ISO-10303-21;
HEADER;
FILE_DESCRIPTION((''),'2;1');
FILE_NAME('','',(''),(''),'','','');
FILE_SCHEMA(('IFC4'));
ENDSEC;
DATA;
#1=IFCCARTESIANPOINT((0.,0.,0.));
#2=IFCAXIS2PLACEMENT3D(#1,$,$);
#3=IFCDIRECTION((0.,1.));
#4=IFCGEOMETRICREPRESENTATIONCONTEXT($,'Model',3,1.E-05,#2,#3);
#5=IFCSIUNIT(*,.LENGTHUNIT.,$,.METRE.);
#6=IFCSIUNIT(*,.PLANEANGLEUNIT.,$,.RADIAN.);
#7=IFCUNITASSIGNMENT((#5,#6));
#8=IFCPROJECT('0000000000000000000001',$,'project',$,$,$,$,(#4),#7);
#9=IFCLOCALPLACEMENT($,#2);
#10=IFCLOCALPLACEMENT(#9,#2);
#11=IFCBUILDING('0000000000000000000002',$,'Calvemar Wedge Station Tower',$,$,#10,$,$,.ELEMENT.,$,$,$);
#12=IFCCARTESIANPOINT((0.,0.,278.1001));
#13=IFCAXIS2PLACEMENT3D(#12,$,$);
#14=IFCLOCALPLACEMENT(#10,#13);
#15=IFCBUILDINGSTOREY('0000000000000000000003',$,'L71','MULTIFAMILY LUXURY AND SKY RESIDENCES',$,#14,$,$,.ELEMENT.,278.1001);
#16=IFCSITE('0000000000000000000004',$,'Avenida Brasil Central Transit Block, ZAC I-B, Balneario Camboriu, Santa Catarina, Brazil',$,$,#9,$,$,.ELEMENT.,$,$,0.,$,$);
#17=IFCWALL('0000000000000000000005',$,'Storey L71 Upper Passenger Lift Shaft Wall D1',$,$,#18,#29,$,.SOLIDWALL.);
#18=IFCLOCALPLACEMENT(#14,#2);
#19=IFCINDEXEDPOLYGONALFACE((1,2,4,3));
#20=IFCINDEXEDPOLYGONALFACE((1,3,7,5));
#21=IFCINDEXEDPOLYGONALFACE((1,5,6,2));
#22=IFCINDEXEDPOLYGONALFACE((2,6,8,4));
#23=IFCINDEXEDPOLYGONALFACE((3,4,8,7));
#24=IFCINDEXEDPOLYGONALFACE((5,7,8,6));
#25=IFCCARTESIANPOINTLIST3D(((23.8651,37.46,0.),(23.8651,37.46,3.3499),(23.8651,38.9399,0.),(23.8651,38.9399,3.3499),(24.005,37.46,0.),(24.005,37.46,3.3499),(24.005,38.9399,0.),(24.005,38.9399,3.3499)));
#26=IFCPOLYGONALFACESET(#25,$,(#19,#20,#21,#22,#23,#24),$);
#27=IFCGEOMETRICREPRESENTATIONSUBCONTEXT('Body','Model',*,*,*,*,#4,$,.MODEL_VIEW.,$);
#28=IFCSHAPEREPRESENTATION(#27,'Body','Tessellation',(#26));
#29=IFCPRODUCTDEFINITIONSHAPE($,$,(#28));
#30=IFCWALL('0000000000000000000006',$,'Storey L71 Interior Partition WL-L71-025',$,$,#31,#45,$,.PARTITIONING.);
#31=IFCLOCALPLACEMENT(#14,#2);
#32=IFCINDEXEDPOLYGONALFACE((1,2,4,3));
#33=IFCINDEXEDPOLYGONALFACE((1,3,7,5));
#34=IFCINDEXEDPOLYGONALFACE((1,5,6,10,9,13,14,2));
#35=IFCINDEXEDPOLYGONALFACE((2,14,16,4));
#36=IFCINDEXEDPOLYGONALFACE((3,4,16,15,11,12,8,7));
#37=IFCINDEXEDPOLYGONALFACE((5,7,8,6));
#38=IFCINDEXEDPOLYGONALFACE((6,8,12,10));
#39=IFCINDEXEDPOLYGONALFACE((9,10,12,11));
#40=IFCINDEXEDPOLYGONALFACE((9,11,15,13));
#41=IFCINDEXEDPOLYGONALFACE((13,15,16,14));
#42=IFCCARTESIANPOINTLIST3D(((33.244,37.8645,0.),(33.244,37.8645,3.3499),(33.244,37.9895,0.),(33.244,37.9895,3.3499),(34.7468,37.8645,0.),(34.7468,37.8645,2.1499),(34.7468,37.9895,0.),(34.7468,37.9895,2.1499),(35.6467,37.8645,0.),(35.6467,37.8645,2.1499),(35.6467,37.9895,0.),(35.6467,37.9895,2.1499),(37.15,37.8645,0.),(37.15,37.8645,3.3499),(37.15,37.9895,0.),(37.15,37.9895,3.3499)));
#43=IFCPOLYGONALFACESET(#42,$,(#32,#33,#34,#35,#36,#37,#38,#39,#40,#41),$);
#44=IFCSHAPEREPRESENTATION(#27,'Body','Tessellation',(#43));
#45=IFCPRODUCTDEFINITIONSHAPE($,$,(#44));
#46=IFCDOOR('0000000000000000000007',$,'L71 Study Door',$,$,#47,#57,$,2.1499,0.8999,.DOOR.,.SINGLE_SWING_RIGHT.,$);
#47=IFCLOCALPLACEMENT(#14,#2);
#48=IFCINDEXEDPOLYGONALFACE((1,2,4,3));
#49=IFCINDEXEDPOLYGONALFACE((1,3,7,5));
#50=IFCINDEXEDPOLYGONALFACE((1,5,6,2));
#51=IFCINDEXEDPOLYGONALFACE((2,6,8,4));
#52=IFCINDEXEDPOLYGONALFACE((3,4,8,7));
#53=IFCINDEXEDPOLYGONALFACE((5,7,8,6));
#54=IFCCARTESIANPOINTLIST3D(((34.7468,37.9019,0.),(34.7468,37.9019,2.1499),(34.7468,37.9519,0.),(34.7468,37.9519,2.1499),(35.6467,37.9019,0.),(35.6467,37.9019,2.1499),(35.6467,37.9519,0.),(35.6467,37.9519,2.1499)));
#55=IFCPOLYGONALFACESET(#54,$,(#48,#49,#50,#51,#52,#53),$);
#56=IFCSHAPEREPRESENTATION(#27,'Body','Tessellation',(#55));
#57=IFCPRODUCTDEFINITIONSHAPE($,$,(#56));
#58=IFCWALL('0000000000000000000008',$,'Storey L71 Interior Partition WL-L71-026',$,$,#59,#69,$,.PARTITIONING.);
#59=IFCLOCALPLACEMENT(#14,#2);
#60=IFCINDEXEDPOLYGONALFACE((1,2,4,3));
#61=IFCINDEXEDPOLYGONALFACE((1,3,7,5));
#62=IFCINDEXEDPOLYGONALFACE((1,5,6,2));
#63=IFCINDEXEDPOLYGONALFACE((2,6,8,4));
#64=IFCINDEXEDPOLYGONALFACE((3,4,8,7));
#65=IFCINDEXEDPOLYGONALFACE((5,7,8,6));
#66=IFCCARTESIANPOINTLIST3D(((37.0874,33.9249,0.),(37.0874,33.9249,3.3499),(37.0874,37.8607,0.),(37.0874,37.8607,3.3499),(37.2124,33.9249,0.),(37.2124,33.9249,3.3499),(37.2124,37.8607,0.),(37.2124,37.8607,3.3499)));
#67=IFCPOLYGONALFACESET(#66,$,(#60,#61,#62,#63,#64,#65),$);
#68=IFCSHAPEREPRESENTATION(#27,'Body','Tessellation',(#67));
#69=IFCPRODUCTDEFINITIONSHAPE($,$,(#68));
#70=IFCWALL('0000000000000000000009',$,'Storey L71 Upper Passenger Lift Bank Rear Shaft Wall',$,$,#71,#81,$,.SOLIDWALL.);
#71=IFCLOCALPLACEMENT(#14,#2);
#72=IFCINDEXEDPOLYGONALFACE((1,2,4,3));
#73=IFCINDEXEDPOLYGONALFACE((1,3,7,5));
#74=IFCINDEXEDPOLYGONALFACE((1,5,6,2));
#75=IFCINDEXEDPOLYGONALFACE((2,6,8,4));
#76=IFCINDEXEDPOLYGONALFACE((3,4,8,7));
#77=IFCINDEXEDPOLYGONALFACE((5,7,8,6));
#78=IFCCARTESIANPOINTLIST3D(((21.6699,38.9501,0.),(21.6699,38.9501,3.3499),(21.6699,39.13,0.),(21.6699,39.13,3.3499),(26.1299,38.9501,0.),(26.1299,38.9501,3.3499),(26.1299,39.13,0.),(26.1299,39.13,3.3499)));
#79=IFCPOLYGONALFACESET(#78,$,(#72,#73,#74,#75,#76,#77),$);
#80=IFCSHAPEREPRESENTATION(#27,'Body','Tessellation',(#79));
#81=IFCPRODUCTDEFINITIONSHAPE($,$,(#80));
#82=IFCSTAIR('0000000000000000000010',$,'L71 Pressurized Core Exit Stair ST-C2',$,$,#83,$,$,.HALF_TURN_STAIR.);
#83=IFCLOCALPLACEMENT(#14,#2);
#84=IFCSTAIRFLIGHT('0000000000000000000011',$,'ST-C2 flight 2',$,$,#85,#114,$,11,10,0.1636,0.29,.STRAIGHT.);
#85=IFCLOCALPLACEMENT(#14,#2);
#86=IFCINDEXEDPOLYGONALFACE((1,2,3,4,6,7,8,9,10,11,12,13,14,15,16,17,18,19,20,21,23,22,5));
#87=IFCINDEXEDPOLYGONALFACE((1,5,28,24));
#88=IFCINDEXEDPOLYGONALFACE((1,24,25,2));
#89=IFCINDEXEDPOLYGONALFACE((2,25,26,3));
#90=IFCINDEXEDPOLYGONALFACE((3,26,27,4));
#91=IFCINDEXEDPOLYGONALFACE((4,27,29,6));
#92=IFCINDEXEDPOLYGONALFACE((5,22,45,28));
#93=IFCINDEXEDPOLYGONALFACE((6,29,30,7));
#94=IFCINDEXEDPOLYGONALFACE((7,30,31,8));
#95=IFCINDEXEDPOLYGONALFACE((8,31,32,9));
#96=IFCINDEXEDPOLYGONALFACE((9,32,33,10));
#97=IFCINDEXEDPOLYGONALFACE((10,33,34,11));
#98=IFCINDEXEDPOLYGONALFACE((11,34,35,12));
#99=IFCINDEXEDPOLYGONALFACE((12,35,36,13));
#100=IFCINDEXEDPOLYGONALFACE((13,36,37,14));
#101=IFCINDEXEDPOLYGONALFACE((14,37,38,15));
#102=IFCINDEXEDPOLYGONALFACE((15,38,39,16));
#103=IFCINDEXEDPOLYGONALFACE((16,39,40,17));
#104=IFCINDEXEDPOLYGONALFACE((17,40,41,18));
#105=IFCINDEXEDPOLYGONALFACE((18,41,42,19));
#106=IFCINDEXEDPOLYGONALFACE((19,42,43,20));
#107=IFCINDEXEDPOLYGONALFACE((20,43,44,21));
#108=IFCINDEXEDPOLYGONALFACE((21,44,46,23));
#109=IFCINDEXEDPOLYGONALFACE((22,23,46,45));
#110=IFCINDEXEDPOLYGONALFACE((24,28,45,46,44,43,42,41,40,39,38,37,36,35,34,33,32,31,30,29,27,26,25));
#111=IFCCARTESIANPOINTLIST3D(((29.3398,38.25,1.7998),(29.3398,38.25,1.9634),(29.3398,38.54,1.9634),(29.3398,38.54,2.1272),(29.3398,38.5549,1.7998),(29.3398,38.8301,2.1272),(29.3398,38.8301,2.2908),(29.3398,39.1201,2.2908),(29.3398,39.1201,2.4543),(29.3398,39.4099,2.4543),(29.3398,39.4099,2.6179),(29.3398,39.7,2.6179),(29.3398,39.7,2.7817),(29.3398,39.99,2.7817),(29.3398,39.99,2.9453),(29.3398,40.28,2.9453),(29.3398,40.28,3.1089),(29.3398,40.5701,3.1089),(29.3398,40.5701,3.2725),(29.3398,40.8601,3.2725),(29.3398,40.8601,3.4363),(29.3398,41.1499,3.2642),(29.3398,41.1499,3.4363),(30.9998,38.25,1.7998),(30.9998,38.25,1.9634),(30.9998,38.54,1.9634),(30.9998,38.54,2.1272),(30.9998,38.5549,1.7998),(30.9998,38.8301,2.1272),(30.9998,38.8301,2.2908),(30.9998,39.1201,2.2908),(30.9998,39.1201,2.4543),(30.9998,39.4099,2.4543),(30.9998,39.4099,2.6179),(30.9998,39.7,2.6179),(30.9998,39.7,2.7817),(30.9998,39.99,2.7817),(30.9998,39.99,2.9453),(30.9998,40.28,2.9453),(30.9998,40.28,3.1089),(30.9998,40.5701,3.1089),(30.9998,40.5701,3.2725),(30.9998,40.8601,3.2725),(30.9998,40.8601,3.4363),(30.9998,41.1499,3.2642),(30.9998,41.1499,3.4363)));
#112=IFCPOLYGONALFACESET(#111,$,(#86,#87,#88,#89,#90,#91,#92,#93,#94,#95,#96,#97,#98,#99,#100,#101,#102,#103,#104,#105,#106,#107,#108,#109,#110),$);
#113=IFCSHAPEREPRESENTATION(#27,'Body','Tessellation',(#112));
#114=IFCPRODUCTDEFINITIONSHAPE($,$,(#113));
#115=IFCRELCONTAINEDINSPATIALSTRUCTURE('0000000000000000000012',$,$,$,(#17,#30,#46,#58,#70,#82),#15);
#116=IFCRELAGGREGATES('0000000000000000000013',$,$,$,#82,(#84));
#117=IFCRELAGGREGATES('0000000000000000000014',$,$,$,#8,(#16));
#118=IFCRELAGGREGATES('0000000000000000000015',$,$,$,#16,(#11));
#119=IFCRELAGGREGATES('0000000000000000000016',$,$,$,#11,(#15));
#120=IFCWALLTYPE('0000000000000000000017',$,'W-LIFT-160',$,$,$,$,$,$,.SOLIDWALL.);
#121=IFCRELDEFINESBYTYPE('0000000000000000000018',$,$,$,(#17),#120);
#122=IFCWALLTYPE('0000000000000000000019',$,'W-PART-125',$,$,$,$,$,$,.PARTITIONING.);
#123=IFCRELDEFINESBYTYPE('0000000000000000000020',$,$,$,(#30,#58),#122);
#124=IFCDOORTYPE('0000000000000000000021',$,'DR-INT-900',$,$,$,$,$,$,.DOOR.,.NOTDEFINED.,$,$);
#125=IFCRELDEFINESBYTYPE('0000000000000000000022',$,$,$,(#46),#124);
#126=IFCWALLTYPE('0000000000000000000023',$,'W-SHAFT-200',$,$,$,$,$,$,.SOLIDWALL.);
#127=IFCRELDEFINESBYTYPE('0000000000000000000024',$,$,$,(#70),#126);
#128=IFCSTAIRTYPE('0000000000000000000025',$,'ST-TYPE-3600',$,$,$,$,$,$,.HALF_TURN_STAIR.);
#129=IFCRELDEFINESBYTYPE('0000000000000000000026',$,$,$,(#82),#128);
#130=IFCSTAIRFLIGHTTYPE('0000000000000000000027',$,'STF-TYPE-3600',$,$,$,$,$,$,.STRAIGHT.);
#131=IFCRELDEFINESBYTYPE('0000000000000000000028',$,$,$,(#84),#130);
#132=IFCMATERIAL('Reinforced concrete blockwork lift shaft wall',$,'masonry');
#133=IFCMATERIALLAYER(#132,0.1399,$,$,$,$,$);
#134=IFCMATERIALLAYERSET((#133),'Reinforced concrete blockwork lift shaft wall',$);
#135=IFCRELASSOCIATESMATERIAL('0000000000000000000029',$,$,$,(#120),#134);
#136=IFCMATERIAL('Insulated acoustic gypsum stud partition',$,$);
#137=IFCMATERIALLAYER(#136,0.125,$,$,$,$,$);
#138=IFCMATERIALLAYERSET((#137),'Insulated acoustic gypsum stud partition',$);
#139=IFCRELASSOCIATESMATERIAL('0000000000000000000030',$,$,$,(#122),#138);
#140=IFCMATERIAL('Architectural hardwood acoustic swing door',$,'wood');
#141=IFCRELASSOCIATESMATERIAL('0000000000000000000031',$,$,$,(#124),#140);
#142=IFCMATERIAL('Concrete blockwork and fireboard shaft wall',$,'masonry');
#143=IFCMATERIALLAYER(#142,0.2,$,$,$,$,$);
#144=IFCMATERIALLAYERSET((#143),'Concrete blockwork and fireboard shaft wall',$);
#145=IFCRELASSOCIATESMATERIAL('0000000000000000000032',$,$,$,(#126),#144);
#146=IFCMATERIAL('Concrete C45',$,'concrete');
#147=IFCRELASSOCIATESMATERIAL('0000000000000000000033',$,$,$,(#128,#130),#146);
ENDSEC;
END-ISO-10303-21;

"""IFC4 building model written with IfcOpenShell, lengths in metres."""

from ifc_helpers import new_model, si_unit, direction, frame, frame_2d, origin, place, context, subcontext, project, spatial, polyline, rectangle, outline, extrude, source, transform, mapped, material, layer, layer_set, type_object, element, fill, aggregate, save


model = new_model("IFC4")

# Units and contexts
model_context = context("Model", 3, precision=1e-05, world=origin(), true_north=direction((0.0, 1.0)))
body_context = subcontext(model_context, "Body", "Model", "MODEL_VIEW")
ifc_project = project(units=[si_unit("LENGTHUNIT", "METRE"), si_unit("PLANEANGLEUNIT", "RADIAN")], contexts=[model_context])

# Site, building, storey
site_placement = place(None, origin())
site = spatial("IfcSite", under=ifc_project, at=site_placement, Name="Avenida Brasil Central Transit Block, ZAC I-B, Balneario Camboriu, Santa Catarina, Brazil", CompositionType="ELEMENT", RefElevation=0.0)
building_placement = place(site_placement, origin())
building = spatial("IfcBuilding", under=site, at=building_placement, Name="Calvemar Wedge Station Tower", CompositionType="ELEMENT")
storey_placement = place(building_placement, frame((0.0, 0.0, 278.1001)))
storey = spatial("IfcBuildingStorey", under=building, at=storey_placement, Name="L71", Description="MULTIFAMILY LUXURY AND SKY RESIDENCES", CompositionType="ELEMENT", Elevation=278.1001)

# Shared definitions
ifc_material_1 = material(Name="Reinforced concrete blockwork lift shaft wall", Category="masonry")
ifc_layer_1 = layer(ifc_material_1, 0.1399)
ifc_layer_set_1 = layer_set([ifc_layer_1], Name="Reinforced concrete blockwork lift shaft wall")
wall_type_1 = type_object("IfcWallType", Name="W-LIFT-160", PredefinedType="SOLIDWALL", material=ifc_layer_set_1)

# Wall
for number, where, z_axis, x_axis, name in (
    (1, (23.9351, 37.46, 0.0), (0.0, 0.0, 1.0), (0.0, 1.0, 0.0), "Storey L71 Upper Passenger Lift Shaft Wall D1"),
):
    element("IfcWall", number, at=place(storey_placement, frame(where, z_axis=z_axis, x_axis=x_axis)), inside=storey, type_object=wall_type_1, Name=name, PredefinedType="SOLIDWALL", context=body_context, shape_type="SweptSolid", body=[
        extrude(rectangle(XDim=1.48, YDim=0.1399, at=frame_2d((0.74, 0.0))), origin(), (0.0, 0.0, 1.0), 3.3499),
    ])

# Wall, opening, door
ifc_material_2 = material(Name="Insulated acoustic gypsum stud partition")
ifc_layer_2 = layer(ifc_material_2, 0.125)
ifc_layer_set_2 = layer_set([ifc_layer_2], Name="Insulated acoustic gypsum stud partition")
wall_type_2 = type_object("IfcWallType", Name="W-PART-125", PredefinedType="PARTITIONING", material=ifc_layer_set_2)
wall_1_placement = place(storey_placement, frame((33.2439, 37.927, 0.0), z_axis=(0.0, 0.0, 1.0), x_axis=(1.0, 0.0, 0.0)))
wall_1 = element("IfcWall", 2, at=wall_1_placement, inside=storey, type_object=wall_type_2, Name="Storey L71 Interior Partition WL-L71-025", PredefinedType="PARTITIONING", context=body_context, shape_type="SweptSolid", body=[
    extrude(rectangle(XDim=3.906, YDim=0.125, at=frame_2d((1.9531, 0.0))), origin(), (0.0, 0.0, 1.0), 3.3499),
])
shared_shape_1 = source(origin(), body_context, "Body", "SweptSolid", [
    extrude(rectangle(XDim=0.8999, YDim=2.1499, at=frame_2d((0.45, 1.075))), frame((0.0, 0.0725, 0.0), z_axis=(0.0, -1.0, 0.0), x_axis=(1.0, 0.0, 0.0)), (0.0, 0.0, 1.0), 0.145),
])
opening_1_placement = place(wall_1_placement, frame((1.5029, 0.0, 0.0)))
opening_1 = element("IfcOpeningElement", 3, at=opening_1_placement, cuts=wall_1, PredefinedType="OPENING", context=body_context, shape_type="MappedRepresentation", body=[
    mapped(shared_shape_1, transform((0.0, 0.0, 0.0), scale=1.0)),
])
ifc_material_3 = material(Name="Architectural hardwood acoustic swing door", Category="wood")
door_type_1 = type_object("IfcDoorType", Name="DR-INT-900", OperationType="NOTDEFINED", PredefinedType="DOOR", material=ifc_material_3)
shared_shape_2 = source(origin(), body_context, "Body", "SweptSolid", [
    extrude(rectangle(XDim=0.8999, YDim=2.1499, at=frame_2d((0.45, 1.075))), frame((0.0, 0.0249, 0.0), z_axis=(0.0, -1.0, 0.0), x_axis=(1.0, 0.0, 0.0)), (0.0, 0.0, 1.0), 0.05),
])
door_1_placement = place(opening_1_placement, origin())
door_1 = element("IfcDoor", 4, at=door_1_placement, inside=storey, type_object=door_type_1, Name="L71 Study Door", OperationType="SINGLE_SWING_RIGHT", OverallHeight=2.1499, OverallWidth=0.8999, PredefinedType="DOOR", context=body_context, shape_type="MappedRepresentation", body=[
    mapped(shared_shape_2, transform((0.0, 0.0, 0.0), scale=1.0)),
])
fill(opening_1, door_1)

# Wall
wall_2_placement = place(storey_placement, frame((37.1499, 37.8606, 0.0), z_axis=(0.0, 0.0, 1.0), x_axis=(0.0, -1.0, 0.0)))
element("IfcWall", 5, at=wall_2_placement, inside=storey, type_object=wall_type_2, Name="Storey L71 Interior Partition WL-L71-026", PredefinedType="PARTITIONING", context=body_context, shape_type="SweptSolid", body=[
    extrude(rectangle(XDim=3.9358, YDim=0.125, at=frame_2d((1.9678, 0.0))), origin(), (0.0, 0.0, 1.0), 3.3499),
])

# Wall
ifc_material_4 = material(Name="Concrete blockwork and fireboard shaft wall", Category="masonry")
ifc_layer_3 = layer(ifc_material_4, 0.2)
ifc_layer_set_3 = layer_set([ifc_layer_3], Name="Concrete blockwork and fireboard shaft wall")
wall_type_3 = type_object("IfcWallType", Name="W-SHAFT-200", PredefinedType="SOLIDWALL", material=ifc_layer_set_3)
wall_3_placement = place(storey_placement, frame((21.6699, 39.04, 0.0), z_axis=(0.0, 0.0, 1.0), x_axis=(1.0, 0.0, 0.0)))
element("IfcWall", 6, at=wall_3_placement, inside=storey, type_object=wall_type_3, Name="Storey L71 Upper Passenger Lift Bank Rear Shaft Wall", PredefinedType="SOLIDWALL", context=body_context, shape_type="SweptSolid", body=[
    extrude(rectangle(XDim=4.46, YDim=0.1799, at=frame_2d((2.23, 0.0))), origin(), (0.0, 0.0, 1.0), 3.3499),
])

# Stair, stair flight
ifc_material_5 = material(Name="Concrete C45", Category="concrete")
stair_type = type_object("IfcStairType", Name="ST-TYPE-3600", PredefinedType="HALF_TURN_STAIR", material=ifc_material_5)
stair_placement = place(storey_placement, origin())
stair = element("IfcStair", 7, at=stair_placement, inside=storey, type_object=stair_type, Name="L71 Pressurized Core Exit Stair ST-C2", PredefinedType="HALF_TURN_STAIR")
stair_flight_type = type_object("IfcStairFlightType", Name="STF-TYPE-3600", PredefinedType="STRAIGHT", material=ifc_material_5)
stair_flight_placement = place(storey_placement, frame((30.1699, 38.25, 1.7998), z_axis=(0.0, 0.0, 1.0), x_axis=(0.0, 1.0, 0.0)))
stair_flight = element("IfcStairFlight", 8, at=stair_flight_placement, type_object=stair_flight_type, Name="ST-C2 flight 2", NumberOfRisers=11, NumberOfTreads=10, PredefinedType="STRAIGHT", RiserHeight=0.1636, TreadLength=0.29, context=body_context, shape_type="SweptSolid", body=[
    extrude(outline(polyline([(0.0, 0.0), (0.0, 0.1636), (0.29, 0.1636), (0.29, 0.3274), (0.5801, 0.3274), (0.5801, 0.491), (0.8701, 0.491), (0.8701, 0.6545), (1.1599, 0.6545), (1.1599, 0.8181), (1.45, 0.8181), (1.45, 0.9819), (1.74, 0.9819), (1.74, 1.1455), (2.03, 1.1455), (2.03, 1.3091), (2.3201, 1.3091), (2.3201, 1.4727), (2.6101, 1.4727), (2.6101, 1.6365), (2.8999, 1.6365), (2.8999, 1.8), (2.8999, 1.4644), (0.3049, 0.0), (0.0, 0.0)])), frame((0.0, 0.8301, 0.0), z_axis=(0.0, -1.0, 0.0), x_axis=(1.0, 0.0, 0.0)), (0.0, 0.0, 1.0), 1.6599),
])
aggregate(stair, [stair_flight])

save(model, "model.ifc")
